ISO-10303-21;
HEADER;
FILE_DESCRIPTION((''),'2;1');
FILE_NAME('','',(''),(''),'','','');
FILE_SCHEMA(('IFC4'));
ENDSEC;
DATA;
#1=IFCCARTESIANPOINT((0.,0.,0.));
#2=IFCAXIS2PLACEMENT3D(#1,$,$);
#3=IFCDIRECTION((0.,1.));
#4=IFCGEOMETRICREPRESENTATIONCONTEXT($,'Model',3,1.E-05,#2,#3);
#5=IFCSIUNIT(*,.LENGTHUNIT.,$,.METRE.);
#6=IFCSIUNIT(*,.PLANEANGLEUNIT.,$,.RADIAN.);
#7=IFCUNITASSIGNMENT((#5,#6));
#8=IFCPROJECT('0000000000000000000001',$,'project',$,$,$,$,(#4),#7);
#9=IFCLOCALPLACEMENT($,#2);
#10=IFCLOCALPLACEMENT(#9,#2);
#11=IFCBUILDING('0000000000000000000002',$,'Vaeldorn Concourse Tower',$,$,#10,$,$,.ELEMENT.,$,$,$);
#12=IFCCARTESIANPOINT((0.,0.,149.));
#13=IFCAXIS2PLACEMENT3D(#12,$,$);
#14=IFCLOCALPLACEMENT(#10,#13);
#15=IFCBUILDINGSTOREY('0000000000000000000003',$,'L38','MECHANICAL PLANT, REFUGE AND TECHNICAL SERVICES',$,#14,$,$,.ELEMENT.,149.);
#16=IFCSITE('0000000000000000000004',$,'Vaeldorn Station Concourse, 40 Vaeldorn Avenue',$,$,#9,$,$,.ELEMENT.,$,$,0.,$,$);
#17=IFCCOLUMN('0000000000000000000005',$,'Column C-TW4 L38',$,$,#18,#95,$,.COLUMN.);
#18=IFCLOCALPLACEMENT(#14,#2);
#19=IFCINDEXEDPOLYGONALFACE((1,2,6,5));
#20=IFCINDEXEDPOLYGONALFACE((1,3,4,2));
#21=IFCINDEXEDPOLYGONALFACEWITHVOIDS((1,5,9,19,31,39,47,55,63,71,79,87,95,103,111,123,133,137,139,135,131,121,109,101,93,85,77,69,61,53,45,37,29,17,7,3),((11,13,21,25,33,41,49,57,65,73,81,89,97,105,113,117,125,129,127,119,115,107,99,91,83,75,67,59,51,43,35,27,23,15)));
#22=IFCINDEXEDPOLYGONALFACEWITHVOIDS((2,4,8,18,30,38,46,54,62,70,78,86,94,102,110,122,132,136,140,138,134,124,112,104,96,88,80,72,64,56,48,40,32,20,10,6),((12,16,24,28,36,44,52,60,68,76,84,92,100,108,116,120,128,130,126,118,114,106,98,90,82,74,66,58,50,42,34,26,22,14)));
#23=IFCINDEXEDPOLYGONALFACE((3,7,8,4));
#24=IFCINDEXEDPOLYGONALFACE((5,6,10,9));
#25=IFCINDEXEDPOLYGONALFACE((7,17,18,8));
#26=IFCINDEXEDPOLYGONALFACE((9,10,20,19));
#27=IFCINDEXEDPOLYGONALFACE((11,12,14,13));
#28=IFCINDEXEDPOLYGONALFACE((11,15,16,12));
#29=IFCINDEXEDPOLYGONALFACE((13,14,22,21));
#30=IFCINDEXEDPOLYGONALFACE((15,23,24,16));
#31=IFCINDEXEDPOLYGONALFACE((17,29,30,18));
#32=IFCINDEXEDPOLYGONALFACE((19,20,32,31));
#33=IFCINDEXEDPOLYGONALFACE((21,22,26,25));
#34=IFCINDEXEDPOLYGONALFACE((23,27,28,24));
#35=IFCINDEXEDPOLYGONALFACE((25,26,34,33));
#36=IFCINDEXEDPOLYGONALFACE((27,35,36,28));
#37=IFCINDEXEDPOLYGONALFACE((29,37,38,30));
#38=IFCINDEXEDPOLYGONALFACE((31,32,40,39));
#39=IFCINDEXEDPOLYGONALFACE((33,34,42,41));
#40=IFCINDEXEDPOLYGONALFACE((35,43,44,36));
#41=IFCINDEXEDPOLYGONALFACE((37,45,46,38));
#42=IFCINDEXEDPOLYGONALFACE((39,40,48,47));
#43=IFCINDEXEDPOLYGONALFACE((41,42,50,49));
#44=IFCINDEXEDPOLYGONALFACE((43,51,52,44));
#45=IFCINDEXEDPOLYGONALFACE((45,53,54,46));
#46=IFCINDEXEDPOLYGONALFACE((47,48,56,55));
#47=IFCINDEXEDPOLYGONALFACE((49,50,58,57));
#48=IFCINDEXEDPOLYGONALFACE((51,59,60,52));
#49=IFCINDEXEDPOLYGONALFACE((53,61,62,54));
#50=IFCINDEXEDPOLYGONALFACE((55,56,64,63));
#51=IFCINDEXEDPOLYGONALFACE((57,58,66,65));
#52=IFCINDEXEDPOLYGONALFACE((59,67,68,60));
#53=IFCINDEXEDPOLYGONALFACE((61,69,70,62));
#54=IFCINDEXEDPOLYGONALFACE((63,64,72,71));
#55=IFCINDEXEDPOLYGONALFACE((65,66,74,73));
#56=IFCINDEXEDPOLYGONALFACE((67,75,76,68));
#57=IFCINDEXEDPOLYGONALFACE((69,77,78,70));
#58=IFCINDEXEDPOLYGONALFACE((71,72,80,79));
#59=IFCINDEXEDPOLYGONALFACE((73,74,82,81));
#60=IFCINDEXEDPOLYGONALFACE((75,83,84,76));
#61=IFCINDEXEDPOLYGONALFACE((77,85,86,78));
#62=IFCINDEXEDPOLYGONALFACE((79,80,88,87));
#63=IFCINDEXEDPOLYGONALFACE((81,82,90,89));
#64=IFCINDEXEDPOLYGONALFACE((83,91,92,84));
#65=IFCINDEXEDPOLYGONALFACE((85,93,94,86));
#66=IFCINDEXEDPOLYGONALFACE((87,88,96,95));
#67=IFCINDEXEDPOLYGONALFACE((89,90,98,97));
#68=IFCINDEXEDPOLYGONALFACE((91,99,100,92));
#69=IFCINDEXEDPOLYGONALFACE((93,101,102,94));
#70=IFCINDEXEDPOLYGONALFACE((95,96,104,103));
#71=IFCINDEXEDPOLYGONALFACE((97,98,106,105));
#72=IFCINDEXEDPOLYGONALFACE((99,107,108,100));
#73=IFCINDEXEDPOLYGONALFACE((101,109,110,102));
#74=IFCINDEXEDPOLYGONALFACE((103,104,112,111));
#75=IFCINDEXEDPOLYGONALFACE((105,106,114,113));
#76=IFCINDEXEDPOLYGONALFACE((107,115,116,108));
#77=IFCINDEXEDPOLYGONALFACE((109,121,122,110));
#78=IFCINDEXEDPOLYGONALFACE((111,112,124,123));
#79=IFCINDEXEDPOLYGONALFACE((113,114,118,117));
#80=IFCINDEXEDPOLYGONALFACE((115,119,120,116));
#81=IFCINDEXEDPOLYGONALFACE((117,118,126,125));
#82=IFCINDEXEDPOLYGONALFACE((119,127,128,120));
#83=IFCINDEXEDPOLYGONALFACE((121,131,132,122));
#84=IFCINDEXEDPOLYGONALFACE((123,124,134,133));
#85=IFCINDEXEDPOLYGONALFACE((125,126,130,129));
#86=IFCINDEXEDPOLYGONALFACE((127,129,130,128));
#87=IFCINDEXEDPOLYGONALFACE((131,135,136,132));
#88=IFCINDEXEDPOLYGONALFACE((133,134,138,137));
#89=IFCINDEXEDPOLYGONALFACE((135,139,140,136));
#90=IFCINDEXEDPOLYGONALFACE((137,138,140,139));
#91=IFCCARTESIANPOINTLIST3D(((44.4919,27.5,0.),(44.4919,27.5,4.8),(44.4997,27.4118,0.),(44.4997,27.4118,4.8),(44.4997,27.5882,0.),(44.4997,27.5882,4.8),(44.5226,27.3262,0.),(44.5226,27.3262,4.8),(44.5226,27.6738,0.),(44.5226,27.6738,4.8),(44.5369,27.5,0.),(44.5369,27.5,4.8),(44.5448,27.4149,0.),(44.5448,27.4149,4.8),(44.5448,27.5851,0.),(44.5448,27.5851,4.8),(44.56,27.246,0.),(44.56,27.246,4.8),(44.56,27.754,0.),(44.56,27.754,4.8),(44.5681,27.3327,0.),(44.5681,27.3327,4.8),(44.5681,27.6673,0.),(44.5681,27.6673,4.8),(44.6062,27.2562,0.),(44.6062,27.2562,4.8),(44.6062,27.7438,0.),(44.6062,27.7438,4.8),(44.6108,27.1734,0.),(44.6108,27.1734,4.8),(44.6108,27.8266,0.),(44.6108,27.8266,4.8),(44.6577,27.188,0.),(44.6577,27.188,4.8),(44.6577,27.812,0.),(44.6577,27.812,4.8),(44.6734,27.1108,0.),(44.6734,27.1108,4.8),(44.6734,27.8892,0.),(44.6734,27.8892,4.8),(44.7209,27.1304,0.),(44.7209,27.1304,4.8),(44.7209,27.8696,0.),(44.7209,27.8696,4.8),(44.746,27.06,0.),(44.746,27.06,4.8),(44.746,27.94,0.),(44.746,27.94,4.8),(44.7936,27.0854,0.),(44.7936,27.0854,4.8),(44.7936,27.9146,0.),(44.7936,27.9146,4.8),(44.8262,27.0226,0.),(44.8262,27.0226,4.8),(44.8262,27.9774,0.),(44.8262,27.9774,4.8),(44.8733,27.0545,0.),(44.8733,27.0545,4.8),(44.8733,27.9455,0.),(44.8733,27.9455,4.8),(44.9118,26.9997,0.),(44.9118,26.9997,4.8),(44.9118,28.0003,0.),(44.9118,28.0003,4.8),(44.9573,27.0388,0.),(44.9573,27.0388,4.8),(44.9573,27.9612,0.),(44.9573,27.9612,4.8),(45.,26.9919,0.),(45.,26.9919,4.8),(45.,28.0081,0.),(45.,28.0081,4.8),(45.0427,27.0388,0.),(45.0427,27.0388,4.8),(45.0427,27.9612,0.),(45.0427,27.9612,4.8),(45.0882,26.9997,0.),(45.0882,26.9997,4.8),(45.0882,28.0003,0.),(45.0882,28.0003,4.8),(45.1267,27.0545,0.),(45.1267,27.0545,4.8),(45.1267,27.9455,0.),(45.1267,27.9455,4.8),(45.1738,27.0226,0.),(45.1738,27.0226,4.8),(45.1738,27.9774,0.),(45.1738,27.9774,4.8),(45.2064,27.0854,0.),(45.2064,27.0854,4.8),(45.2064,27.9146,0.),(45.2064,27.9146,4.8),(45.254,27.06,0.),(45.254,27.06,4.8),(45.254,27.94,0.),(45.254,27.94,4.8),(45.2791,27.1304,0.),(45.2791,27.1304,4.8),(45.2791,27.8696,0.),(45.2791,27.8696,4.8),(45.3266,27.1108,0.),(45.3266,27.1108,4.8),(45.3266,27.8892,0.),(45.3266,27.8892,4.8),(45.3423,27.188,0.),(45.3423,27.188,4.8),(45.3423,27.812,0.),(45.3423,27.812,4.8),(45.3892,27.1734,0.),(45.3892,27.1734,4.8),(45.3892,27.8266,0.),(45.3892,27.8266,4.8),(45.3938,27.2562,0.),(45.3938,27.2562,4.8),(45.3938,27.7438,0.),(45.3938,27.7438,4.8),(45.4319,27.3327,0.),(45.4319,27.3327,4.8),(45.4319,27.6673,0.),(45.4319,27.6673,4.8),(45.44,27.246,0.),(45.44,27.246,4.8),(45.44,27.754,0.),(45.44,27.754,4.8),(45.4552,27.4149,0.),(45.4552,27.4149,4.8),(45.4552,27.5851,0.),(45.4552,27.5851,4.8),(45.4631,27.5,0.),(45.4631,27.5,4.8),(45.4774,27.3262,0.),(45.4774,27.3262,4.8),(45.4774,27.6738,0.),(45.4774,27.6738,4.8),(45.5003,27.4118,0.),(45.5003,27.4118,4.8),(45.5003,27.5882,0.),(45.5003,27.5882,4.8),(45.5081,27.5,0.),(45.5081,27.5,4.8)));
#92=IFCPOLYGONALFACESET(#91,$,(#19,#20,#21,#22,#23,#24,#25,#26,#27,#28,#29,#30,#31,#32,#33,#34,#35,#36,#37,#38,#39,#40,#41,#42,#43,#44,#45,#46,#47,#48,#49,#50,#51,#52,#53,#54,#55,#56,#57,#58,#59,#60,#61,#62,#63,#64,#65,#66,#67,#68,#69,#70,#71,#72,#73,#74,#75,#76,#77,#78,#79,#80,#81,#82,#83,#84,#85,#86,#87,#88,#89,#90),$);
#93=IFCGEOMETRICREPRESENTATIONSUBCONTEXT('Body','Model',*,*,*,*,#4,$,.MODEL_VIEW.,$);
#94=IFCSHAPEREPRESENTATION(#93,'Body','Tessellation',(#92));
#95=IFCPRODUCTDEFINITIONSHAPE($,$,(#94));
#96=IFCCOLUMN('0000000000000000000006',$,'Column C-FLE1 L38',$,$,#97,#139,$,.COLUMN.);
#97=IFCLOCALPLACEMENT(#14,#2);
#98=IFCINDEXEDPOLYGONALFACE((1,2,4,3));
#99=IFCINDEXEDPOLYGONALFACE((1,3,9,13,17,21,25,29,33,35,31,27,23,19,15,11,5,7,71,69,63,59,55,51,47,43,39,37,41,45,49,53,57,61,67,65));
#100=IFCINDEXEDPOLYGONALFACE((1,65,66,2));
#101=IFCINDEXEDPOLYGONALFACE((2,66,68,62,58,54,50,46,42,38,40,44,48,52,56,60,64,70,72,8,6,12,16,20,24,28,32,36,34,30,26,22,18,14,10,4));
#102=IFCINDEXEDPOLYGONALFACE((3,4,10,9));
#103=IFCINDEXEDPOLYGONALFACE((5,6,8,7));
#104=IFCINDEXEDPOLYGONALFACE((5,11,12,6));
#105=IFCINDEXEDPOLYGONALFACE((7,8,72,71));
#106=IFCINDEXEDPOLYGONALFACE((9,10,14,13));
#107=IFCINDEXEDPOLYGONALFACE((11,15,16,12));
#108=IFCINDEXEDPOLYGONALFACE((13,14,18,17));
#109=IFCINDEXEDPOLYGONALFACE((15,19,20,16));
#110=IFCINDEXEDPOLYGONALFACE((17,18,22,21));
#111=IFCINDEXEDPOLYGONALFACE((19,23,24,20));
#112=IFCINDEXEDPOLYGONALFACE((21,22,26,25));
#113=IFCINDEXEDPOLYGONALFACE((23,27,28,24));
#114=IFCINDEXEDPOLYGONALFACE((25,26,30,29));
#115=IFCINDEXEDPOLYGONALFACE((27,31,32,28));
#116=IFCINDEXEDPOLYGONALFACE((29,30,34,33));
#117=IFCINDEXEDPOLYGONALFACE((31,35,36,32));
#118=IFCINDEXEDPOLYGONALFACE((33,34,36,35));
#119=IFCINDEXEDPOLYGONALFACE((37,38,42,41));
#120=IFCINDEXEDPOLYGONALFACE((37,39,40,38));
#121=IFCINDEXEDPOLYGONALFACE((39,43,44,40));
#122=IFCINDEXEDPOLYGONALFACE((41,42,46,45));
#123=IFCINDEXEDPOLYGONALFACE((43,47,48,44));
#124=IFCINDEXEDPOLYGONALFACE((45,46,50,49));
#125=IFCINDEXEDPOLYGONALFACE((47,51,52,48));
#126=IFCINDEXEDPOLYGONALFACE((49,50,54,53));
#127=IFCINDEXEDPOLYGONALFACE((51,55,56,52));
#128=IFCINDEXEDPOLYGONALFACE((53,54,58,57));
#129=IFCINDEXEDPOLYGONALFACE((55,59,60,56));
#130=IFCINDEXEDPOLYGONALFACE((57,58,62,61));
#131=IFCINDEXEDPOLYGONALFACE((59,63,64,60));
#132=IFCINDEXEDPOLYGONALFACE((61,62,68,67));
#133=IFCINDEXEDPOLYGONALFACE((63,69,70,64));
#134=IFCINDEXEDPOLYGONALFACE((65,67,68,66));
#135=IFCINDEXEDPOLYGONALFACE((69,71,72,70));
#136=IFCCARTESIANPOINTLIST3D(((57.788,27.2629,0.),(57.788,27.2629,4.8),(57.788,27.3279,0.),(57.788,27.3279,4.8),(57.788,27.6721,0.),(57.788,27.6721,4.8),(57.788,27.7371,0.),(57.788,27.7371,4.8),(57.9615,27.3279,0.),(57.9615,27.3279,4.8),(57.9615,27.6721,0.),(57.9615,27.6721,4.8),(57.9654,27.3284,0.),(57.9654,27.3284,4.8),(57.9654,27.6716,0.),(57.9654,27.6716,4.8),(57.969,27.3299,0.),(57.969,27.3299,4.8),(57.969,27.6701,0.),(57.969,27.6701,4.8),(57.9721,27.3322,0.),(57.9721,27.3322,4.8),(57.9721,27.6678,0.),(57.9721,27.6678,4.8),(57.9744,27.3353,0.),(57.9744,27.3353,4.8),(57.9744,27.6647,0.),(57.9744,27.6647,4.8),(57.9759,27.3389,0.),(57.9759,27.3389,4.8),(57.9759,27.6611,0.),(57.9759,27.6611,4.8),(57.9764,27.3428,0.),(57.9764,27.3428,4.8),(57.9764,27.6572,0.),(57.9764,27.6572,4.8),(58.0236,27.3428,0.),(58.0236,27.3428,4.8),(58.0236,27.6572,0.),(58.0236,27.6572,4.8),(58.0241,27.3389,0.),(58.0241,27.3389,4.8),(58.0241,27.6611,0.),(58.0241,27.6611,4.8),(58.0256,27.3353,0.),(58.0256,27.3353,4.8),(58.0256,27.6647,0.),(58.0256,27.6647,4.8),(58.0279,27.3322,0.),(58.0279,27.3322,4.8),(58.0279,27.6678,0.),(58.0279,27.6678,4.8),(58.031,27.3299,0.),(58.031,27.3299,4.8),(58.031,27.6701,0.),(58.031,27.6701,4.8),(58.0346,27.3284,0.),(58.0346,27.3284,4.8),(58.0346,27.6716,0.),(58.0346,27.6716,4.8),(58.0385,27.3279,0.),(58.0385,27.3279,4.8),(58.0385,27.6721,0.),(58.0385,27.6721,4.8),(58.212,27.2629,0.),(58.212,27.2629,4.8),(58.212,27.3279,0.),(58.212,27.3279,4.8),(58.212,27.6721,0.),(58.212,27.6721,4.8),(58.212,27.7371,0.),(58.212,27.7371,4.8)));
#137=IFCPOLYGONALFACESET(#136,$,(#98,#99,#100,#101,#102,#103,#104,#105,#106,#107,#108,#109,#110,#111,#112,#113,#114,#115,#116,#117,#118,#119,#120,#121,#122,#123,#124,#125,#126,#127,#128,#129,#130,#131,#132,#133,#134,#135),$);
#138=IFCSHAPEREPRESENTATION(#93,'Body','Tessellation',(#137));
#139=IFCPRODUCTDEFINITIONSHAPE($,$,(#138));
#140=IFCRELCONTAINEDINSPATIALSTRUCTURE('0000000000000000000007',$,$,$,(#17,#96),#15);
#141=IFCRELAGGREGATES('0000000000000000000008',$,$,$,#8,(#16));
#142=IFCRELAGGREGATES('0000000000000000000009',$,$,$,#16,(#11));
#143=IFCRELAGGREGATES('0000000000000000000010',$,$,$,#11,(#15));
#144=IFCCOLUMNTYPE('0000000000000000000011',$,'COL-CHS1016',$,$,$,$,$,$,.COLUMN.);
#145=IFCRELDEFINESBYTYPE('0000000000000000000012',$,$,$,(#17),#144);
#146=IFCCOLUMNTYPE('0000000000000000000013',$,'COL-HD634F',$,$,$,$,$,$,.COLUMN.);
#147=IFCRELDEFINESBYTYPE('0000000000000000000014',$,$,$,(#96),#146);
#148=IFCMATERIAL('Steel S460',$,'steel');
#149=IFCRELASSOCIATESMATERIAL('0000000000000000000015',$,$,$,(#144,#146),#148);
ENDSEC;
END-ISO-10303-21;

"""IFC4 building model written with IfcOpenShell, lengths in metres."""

from ifc_helpers import new_model, si_unit, direction, frame, origin, origin_2d, place, context, subcontext, project, spatial, hollow_circle, i_section, extrude, source, transform, mapped, material, material_profile, profile_set, type_object, element, save


model = new_model("IFC4")

# Units and contexts
model_context = context("Model", 3, precision=1e-05, world=origin(), true_north=direction((0.0, 1.0)))
body_context = subcontext(model_context, "Body", "Model", "MODEL_VIEW")
ifc_project = project(units=[si_unit("LENGTHUNIT", "METRE"), si_unit("PLANEANGLEUNIT", "RADIAN")], contexts=[model_context])

# Site, building, storey
site_placement = place(None, origin())
site = spatial("IfcSite", under=ifc_project, at=site_placement, Name="Vaeldorn Station Concourse, 40 Vaeldorn Avenue", CompositionType="ELEMENT", RefElevation=0.0)
building_placement = place(site_placement, origin())
building = spatial("IfcBuilding", under=site, at=building_placement, Name="Vaeldorn Concourse Tower", CompositionType="ELEMENT")
storey_placement = place(building_placement, frame((0.0, 0.0, 149.0)))
storey = spatial("IfcBuildingStorey", under=building, at=storey_placement, Name="L38", Description="MECHANICAL PLANT, REFUGE AND TECHNICAL SERVICES", CompositionType="ELEMENT", Elevation=149.0)

# Columns
ifc_material_1 = material(Name="Steel S460", Category="steel")
ifc_material_profile_1 = material_profile(ifc_material_1, hollow_circle(Radius=0.5081, WallThickness=0.0449, at=origin_2d()), Name="CHS 1016x45")
ifc_profile_set_1 = profile_set([ifc_material_profile_1], Name="Steel S460")
column_type_1 = type_object("IfcColumnType", Name="COL-CHS1016", PredefinedType="COLUMN", material=ifc_profile_set_1)
shared_shape_1 = source(origin(), body_context, "Body", "SweptSolid", [
    extrude(hollow_circle(Radius=0.5081, WallThickness=0.0449, at=origin_2d()), origin(), (0.0, 0.0, 1.0), 4.8),
])
column_1_placement = place(storey_placement, frame((45.0, 27.5, 0.0), z_axis=(0.0, 0.0, 1.0), x_axis=(1.0, 0.0, 0.0)))
element("IfcColumn", 1, at=column_1_placement, inside=storey, type_object=column_type_1, Name="Column C-TW4 L38", PredefinedType="COLUMN", context=body_context, shape_type="MappedRepresentation", body=[
    mapped(shared_shape_1, transform((0.0, 0.0, 0.0), scale=1.0)),
])
ifc_material_profile_2 = material_profile(ifc_material_1, i_section(OverallWidth=0.4241, OverallDepth=0.4741, WebThickness=0.0471, FlangeThickness=0.0649, FilletRadius=0.0149, at=origin_2d()), Name="HD 400x634")
ifc_profile_set_2 = profile_set([ifc_material_profile_2], Name="Steel S460")
column_type_2 = type_object("IfcColumnType", Name="COL-HD634F", PredefinedType="COLUMN", material=ifc_profile_set_2)
shared_shape_2 = source(origin(), body_context, "Body", "SweptSolid", [
    extrude(i_section(OverallWidth=0.4241, OverallDepth=0.4741, WebThickness=0.0471, FlangeThickness=0.0649, FilletRadius=0.0149, at=origin_2d()), origin(), (0.0, 0.0, 1.0), 4.8),
])
column_2_placement = place(storey_placement, frame((58.0, 27.5, 0.0), z_axis=(0.0, 0.0, 1.0), x_axis=(1.0, 0.0, 0.0)))
element("IfcColumn", 2, at=column_2_placement, inside=storey, type_object=column_type_2, Name="Column C-FLE1 L38", PredefinedType="COLUMN", context=body_context, shape_type="MappedRepresentation", body=[
    mapped(shared_shape_2, transform((0.0, 0.0, 0.0), scale=1.0)),
])

save(model, "model.ifc")
